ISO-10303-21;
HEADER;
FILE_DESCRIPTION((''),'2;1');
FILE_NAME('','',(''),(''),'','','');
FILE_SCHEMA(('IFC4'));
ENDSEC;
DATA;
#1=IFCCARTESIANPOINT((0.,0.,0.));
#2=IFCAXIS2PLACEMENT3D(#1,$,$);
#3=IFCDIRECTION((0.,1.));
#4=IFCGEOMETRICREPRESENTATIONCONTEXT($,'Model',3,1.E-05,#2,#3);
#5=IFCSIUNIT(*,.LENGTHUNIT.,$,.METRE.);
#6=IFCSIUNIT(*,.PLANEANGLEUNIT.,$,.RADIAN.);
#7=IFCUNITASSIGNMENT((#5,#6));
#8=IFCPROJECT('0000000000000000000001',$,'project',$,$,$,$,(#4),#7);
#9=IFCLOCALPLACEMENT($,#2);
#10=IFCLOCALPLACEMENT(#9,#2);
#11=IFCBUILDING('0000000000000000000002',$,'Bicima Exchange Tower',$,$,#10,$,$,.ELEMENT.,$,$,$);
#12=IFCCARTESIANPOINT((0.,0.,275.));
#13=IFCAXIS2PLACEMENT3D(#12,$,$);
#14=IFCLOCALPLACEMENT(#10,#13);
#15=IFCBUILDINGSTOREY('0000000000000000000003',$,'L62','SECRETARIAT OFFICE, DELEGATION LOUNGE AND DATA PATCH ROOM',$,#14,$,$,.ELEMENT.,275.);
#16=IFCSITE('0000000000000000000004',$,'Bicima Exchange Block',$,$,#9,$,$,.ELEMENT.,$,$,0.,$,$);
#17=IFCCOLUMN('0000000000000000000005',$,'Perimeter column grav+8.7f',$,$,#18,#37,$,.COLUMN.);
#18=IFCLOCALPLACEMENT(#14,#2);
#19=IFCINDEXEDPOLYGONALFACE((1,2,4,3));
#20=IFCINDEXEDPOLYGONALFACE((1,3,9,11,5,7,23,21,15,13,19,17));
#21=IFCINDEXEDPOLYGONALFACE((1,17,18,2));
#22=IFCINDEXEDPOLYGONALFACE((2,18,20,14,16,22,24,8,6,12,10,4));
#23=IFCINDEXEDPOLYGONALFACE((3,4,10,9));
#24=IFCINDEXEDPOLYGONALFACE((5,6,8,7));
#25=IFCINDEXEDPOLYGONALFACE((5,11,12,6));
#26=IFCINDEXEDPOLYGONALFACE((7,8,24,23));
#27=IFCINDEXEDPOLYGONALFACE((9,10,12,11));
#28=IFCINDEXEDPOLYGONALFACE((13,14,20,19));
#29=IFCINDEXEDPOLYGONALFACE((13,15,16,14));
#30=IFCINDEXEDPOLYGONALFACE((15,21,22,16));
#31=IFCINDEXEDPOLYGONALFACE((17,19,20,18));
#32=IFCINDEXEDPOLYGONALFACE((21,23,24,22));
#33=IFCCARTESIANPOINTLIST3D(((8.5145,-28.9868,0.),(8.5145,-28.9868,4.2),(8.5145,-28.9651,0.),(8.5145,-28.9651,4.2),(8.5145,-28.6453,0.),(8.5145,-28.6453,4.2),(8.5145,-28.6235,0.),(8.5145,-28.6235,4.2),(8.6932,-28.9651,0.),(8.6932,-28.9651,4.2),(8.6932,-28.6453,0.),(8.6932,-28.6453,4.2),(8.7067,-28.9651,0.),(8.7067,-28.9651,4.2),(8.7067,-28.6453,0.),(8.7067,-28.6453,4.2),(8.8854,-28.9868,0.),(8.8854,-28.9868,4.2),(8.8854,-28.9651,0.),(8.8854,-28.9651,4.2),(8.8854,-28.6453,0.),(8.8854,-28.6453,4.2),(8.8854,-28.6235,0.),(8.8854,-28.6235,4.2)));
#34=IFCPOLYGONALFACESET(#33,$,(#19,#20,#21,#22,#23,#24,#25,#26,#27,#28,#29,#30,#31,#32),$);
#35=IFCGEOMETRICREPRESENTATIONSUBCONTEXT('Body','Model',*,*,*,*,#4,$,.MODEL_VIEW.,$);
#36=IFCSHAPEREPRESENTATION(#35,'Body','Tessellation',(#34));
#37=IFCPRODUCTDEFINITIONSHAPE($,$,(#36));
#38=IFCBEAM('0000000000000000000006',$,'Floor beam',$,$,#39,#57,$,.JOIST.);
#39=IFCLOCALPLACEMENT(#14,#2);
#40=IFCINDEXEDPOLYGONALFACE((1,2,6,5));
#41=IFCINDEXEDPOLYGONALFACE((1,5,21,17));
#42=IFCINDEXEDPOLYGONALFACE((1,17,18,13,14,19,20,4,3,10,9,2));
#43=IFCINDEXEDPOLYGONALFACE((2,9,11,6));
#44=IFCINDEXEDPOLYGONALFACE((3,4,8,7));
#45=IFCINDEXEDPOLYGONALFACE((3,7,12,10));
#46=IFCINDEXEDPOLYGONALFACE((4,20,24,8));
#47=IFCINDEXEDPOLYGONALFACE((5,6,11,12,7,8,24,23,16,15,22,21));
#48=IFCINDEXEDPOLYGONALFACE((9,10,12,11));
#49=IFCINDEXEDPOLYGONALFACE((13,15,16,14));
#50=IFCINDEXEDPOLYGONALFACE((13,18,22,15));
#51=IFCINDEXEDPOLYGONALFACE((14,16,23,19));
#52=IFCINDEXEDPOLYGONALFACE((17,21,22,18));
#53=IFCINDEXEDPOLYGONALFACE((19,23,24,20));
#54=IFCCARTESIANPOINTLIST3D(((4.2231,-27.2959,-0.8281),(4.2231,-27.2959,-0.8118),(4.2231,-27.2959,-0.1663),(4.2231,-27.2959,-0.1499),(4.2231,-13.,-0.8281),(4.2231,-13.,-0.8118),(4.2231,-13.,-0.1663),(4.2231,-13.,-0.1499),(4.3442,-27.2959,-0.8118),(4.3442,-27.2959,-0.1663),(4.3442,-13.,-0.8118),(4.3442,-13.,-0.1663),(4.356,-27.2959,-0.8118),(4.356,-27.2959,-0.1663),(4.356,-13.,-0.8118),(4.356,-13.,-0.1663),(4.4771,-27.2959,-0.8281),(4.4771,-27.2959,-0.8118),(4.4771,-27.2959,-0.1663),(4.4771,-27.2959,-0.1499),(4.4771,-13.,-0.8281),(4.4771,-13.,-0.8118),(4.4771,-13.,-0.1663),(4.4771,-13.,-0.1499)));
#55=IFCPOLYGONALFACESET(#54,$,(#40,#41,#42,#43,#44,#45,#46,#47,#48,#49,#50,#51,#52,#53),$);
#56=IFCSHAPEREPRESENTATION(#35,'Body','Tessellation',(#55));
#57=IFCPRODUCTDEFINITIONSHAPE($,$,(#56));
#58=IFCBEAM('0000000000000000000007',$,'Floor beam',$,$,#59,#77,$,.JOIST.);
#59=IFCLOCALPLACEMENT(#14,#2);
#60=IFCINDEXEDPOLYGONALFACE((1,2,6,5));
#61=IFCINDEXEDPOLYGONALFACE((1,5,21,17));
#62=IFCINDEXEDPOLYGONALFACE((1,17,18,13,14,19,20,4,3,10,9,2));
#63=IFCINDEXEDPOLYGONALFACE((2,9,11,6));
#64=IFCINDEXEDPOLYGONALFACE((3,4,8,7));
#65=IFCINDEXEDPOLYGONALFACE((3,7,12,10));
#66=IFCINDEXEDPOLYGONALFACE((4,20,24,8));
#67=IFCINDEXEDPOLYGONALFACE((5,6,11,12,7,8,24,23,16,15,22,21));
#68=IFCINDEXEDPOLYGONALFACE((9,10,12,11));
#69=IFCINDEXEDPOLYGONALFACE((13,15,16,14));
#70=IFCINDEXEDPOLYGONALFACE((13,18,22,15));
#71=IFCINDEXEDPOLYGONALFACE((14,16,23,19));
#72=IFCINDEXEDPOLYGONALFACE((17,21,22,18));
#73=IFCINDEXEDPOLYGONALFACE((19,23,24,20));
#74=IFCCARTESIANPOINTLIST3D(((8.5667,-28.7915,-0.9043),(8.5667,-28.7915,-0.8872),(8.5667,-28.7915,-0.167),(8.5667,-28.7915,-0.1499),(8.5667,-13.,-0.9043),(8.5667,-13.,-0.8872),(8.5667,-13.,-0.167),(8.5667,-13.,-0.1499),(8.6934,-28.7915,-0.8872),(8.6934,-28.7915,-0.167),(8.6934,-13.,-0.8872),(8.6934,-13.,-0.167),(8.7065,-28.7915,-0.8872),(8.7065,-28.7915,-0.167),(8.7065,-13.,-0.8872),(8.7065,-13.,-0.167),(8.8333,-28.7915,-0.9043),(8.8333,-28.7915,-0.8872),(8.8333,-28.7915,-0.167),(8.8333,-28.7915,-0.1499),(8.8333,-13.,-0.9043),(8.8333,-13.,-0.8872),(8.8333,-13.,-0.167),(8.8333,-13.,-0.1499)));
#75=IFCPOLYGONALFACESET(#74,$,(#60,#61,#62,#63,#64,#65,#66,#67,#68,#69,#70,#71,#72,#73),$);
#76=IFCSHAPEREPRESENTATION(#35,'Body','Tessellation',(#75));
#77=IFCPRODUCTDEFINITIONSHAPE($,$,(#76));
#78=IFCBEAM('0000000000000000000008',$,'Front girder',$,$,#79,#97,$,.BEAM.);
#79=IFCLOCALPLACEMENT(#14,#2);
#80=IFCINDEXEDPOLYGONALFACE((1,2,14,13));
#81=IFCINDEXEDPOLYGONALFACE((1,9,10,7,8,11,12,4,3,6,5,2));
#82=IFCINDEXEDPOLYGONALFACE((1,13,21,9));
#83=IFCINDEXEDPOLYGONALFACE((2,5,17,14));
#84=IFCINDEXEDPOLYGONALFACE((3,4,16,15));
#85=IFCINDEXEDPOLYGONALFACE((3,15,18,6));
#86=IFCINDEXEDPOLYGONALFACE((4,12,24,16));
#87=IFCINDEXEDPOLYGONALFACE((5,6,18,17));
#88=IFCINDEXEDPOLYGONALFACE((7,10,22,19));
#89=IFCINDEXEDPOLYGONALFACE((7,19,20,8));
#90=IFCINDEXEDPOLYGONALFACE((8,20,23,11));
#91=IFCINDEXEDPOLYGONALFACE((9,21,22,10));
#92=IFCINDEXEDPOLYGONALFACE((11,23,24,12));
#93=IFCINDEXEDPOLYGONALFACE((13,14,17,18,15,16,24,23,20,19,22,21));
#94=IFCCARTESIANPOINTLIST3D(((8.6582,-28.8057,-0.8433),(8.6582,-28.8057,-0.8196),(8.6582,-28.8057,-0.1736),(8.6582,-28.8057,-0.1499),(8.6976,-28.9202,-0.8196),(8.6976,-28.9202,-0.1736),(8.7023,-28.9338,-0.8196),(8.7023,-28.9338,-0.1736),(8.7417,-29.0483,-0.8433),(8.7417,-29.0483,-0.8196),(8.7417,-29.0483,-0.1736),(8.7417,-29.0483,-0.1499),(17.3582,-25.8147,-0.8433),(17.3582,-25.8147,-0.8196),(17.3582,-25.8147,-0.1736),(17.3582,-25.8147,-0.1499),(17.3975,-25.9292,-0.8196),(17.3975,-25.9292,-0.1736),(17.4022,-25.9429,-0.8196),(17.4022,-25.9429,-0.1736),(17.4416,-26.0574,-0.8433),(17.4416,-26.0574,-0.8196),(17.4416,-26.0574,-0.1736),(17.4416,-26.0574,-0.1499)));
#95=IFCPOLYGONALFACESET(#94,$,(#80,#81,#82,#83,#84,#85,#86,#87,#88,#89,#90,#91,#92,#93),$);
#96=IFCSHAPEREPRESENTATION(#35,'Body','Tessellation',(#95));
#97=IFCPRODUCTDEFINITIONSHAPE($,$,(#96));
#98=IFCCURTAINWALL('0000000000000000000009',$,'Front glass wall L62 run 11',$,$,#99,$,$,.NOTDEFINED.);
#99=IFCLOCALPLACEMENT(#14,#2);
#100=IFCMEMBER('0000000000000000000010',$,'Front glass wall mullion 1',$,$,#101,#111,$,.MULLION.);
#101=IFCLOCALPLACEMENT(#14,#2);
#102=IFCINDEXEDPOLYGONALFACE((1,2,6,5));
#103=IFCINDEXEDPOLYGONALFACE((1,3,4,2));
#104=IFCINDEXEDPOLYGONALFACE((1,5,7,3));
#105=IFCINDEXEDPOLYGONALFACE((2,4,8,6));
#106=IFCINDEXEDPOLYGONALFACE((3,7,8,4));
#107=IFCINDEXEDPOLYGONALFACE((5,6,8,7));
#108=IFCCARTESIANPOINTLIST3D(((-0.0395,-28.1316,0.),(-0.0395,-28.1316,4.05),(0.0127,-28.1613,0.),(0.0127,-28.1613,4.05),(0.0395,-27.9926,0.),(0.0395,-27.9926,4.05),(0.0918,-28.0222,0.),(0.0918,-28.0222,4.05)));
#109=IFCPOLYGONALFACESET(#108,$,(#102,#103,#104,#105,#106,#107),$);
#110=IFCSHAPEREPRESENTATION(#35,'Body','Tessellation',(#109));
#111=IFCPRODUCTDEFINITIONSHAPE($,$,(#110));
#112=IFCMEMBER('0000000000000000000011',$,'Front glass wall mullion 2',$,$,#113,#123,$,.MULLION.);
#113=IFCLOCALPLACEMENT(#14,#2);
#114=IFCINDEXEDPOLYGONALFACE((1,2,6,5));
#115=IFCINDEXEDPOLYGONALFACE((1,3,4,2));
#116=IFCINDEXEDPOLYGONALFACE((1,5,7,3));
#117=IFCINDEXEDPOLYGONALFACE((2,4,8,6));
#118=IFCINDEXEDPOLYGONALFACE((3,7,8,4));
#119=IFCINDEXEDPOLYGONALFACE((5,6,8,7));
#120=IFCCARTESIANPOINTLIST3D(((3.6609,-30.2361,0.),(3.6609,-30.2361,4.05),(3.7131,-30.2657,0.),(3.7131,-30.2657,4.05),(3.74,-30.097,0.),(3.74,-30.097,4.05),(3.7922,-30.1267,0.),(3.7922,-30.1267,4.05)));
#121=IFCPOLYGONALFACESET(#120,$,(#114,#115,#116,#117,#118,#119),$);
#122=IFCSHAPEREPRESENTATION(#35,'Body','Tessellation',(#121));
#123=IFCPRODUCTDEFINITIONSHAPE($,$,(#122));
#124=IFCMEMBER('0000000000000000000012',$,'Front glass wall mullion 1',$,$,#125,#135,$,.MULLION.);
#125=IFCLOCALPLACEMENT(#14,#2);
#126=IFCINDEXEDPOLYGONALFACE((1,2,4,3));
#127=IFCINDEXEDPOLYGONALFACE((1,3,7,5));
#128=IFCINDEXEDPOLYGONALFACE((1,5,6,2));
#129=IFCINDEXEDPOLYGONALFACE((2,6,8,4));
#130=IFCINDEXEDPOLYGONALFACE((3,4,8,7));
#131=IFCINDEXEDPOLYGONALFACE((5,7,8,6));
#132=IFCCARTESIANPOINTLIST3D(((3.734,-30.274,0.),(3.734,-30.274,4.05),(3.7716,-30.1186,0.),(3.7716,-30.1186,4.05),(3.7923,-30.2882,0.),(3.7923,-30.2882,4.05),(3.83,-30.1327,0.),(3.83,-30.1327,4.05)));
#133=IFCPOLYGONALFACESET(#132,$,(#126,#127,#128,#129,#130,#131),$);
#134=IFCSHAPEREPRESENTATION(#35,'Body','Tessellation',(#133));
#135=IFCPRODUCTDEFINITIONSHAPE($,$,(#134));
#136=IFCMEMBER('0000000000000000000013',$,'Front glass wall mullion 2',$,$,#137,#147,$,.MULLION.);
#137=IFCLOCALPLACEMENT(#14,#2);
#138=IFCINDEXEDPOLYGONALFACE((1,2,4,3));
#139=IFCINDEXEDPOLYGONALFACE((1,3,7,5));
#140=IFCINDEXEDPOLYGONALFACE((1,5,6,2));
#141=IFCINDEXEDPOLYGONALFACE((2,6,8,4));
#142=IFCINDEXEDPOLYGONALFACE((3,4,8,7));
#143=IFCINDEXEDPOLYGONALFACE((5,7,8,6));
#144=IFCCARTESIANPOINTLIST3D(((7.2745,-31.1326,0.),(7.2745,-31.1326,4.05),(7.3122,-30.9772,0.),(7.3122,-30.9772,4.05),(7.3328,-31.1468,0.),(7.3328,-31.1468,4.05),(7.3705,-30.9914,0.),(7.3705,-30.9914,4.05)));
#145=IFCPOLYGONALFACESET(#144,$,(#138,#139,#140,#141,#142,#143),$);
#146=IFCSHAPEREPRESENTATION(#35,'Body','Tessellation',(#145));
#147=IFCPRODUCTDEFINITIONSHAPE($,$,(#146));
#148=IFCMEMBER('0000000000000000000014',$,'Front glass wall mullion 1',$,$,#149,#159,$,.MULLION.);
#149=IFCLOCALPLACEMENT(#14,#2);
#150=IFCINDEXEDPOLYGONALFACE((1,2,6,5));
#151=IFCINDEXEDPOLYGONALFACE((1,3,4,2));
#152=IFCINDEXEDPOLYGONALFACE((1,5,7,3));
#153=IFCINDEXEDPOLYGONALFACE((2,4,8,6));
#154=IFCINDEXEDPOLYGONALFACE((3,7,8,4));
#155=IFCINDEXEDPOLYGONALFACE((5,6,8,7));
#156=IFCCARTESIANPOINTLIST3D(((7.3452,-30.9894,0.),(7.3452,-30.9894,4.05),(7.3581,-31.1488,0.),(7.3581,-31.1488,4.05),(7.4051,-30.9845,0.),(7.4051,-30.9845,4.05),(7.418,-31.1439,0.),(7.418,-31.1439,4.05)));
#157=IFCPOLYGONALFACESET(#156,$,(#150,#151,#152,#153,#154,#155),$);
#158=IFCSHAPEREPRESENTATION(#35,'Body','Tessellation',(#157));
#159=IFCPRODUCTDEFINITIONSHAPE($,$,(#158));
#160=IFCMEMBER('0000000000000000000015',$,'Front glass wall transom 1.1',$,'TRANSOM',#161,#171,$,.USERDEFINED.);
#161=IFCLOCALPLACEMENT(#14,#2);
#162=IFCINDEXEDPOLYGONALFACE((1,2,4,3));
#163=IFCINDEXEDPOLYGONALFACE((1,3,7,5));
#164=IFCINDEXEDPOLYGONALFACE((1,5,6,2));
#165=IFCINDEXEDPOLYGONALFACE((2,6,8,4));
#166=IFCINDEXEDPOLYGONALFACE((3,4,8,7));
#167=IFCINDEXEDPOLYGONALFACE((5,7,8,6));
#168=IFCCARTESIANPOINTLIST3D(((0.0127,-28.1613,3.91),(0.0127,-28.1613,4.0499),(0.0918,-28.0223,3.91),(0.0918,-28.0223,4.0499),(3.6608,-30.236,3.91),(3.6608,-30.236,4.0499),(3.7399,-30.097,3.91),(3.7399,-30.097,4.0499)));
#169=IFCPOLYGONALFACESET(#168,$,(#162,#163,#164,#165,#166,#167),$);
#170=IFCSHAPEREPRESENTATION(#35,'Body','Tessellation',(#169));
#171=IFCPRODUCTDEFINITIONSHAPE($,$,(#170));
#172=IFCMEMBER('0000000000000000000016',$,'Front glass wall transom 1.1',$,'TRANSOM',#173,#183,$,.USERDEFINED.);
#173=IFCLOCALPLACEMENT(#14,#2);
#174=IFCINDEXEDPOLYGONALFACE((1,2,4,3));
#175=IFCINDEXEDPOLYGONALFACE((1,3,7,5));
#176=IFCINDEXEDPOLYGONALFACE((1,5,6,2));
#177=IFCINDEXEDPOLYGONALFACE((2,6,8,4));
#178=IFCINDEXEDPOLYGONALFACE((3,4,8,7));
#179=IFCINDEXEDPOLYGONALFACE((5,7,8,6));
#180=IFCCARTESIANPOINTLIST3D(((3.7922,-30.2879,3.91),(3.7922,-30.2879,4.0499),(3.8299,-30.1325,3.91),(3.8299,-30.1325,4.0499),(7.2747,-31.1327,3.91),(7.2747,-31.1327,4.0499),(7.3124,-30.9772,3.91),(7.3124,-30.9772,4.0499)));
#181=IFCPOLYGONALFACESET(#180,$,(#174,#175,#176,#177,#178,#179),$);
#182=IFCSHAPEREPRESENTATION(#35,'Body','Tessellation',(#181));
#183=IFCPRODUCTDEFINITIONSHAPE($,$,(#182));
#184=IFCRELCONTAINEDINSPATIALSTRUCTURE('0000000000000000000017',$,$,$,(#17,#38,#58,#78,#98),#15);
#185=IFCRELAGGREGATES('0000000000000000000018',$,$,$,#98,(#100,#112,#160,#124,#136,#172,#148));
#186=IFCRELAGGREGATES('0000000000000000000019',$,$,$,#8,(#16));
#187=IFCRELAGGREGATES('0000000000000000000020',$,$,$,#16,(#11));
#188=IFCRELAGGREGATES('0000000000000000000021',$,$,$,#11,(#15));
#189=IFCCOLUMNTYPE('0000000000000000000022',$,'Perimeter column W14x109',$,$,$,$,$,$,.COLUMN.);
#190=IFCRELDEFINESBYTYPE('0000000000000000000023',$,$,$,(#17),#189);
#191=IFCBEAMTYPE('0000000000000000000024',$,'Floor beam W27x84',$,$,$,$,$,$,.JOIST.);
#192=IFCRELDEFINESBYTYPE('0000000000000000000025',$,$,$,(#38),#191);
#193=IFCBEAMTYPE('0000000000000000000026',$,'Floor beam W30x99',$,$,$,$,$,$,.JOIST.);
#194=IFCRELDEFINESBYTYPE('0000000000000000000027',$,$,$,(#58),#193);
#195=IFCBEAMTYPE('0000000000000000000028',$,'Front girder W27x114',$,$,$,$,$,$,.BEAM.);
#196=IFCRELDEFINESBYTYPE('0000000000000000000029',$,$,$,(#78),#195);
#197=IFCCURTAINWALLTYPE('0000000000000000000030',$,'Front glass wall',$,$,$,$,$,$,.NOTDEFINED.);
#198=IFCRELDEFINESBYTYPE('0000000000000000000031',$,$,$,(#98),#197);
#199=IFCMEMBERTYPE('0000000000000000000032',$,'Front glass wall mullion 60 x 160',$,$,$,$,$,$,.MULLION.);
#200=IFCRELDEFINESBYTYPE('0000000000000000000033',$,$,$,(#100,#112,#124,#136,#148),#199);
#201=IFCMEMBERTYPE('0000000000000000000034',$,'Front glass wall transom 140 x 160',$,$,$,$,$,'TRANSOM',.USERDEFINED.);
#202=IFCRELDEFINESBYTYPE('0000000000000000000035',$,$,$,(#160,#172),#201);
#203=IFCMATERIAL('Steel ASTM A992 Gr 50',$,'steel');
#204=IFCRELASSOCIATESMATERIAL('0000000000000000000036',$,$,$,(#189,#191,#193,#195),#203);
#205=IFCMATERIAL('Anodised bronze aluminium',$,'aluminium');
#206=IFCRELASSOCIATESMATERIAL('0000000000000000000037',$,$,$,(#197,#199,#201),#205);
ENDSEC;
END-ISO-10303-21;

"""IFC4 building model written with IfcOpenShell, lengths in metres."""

from ifc_helpers import new_model, si_unit, direction, frame, origin, origin_2d, place, context, subcontext, project, spatial, rectangle, i_section, extrude, material, material_profile, profile_set, type_object, element, aggregate, save


model = new_model("IFC4")

# Units and contexts
model_context = context("Model", 3, precision=1e-05, world=origin(), true_north=direction((0.0, 1.0)))
body_context = subcontext(model_context, "Body", "Model", "MODEL_VIEW")
ifc_project = project(units=[si_unit("LENGTHUNIT", "METRE"), si_unit("PLANEANGLEUNIT", "RADIAN")], contexts=[model_context])

# Site, building, storey
site_placement = place(None, origin())
site = spatial("IfcSite", under=ifc_project, at=site_placement, Name="Bicima Exchange Block", CompositionType="ELEMENT", RefElevation=0.0)
building_placement = place(site_placement, origin())
building = spatial("IfcBuilding", under=site, at=building_placement, Name="Bicima Exchange Tower", CompositionType="ELEMENT")
storey_placement = place(building_placement, frame((0.0, 0.0, 275.0)))
storey = spatial("IfcBuildingStorey", under=building, at=storey_placement, Name="L62", Description="SECRETARIAT OFFICE, DELEGATION LOUNGE AND DATA PATCH ROOM", CompositionType="ELEMENT", Elevation=275.0)

# Column
ifc_material_1 = material(Name="Steel ASTM A992 Gr 50", Category="steel")
ifc_material_profile_1 = material_profile(ifc_material_1, i_section(OverallWidth=0.3708, OverallDepth=0.3633, WebThickness=0.0134, FlangeThickness=0.0217, at=origin_2d()))
ifc_profile_set_1 = profile_set([ifc_material_profile_1], Name="Steel ASTM A992 Gr 50")
column_type = type_object("IfcColumnType", Name="Perimeter column W14x109", PredefinedType="COLUMN", material=ifc_profile_set_1)
column_placement = place(storey_placement, frame((8.7, -28.8052, 0.0), z_axis=(0.0, 0.0, 1.0), x_axis=(1.0, 0.0, 0.0)))
element("IfcColumn", 1, at=column_placement, inside=storey, type_object=column_type, Name="Perimeter column grav+8.7f", PredefinedType="COLUMN", context=body_context, shape_type="SweptSolid", body=[
    extrude(i_section(OverallWidth=0.3708, OverallDepth=0.3633, WebThickness=0.0134, FlangeThickness=0.0217, at=origin_2d()), origin(), (0.0, 0.0, 1.0), 4.2),
])

# Beams
ifc_material_profile_2 = material_profile(ifc_material_1, i_section(OverallWidth=0.2539, OverallDepth=0.6782, WebThickness=0.0117, FlangeThickness=0.0164, at=origin_2d()))
ifc_profile_set_2 = profile_set([ifc_material_profile_2], Name="Steel ASTM A992 Gr 50")
beam_type_1 = type_object("IfcBeamType", Name="Floor beam W27x84", PredefinedType="JOIST", material=ifc_profile_set_2)
beam_1_placement = place(storey_placement, frame((4.3501, -13.0, -0.489), z_axis=(0.0, -1.0, 0.0), x_axis=(1.0, 0.0, 0.0)))
element("IfcBeam", 2, at=beam_1_placement, inside=storey, type_object=beam_type_1, Name="Floor beam", PredefinedType="JOIST", context=body_context, shape_type="SweptSolid", body=[
    extrude(i_section(OverallWidth=0.2539, OverallDepth=0.6782, WebThickness=0.0117, FlangeThickness=0.0164, at=origin_2d()), origin(), (0.0, 0.0, 1.0), 14.2959),
])
ifc_material_profile_3 = material_profile(ifc_material_1, i_section(OverallWidth=0.2666, OverallDepth=0.7544, WebThickness=0.0132, FlangeThickness=0.0171, at=origin_2d()))
ifc_profile_set_3 = profile_set([ifc_material_profile_3], Name="Steel ASTM A992 Gr 50")
beam_type_2 = type_object("IfcBeamType", Name="Floor beam W30x99", PredefinedType="JOIST", material=ifc_profile_set_3)
beam_2_placement = place(storey_placement, frame((8.7, -13.0, -0.5271), z_axis=(0.0, -1.0, 0.0), x_axis=(1.0, 0.0, 0.0)))
element("IfcBeam", 3, at=beam_2_placement, inside=storey, type_object=beam_type_2, Name="Floor beam", PredefinedType="JOIST", context=body_context, shape_type="SweptSolid", body=[
    extrude(i_section(OverallWidth=0.2666, OverallDepth=0.7544, WebThickness=0.0132, FlangeThickness=0.0171, at=origin_2d()), origin(), (0.0, 0.0, 1.0), 15.7915),
])
ifc_material_profile_4 = material_profile(ifc_material_1, i_section(OverallWidth=0.2566, OverallDepth=0.6934, WebThickness=0.0144, FlangeThickness=0.0237, at=origin_2d()))
ifc_profile_set_4 = profile_set([ifc_material_profile_4], Name="Steel ASTM A992 Gr 50")
beam_type_3 = type_object("IfcBeamType", Name="Front girder W27x114", PredefinedType="BEAM", material=ifc_profile_set_4)
beam_3_placement = place(storey_placement, frame((8.7, -28.927, -0.4966), z_axis=(0.945675, 0.325115, 0.0), x_axis=(-0.325115, 0.945675, 0.0)))
element("IfcBeam", 4, at=beam_3_placement, inside=storey, type_object=beam_type_3, Name="Front girder", PredefinedType="BEAM", context=body_context, shape_type="SweptSolid", body=[
    extrude(i_section(OverallWidth=0.2566, OverallDepth=0.6934, WebThickness=0.0144, FlangeThickness=0.0237, at=origin_2d()), origin(), (0.0, 0.0, 1.0), 9.1997),
])

# Curtain wall, members
ifc_material_2 = material(Name="Anodised bronze aluminium", Category="aluminium")
curtain_wall_type = type_object("IfcCurtainWallType", Name="Front glass wall", PredefinedType="NOTDEFINED", material=ifc_material_2)
curtain_wall_placement = place(storey_placement, origin())
curtain_wall = element("IfcCurtainWall", 5, at=curtain_wall_placement, inside=storey, type_object=curtain_wall_type, Name="Front glass wall L62 run 11", PredefinedType="NOTDEFINED")
ifc_material_profile_5 = material_profile(ifc_material_2, rectangle(XDim=0.1599, YDim=0.0601, at=origin_2d()))
ifc_profile_set_5 = profile_set([ifc_material_profile_5], Name="Anodised bronze aluminium")
member_type_1 = type_object("IfcMemberType", Name="Front glass wall mullion 60 x 160", PredefinedType="MULLION", material=ifc_profile_set_5)
member_1_placement = place(storey_placement, frame((0.0261, -28.0769, 0.0), z_axis=(0.0, 0.0, 1.0), x_axis=(0.49433, 0.869274, 0.0)))
member_1 = element("IfcMember", 6, at=member_1_placement, type_object=member_type_1, Name="Front glass wall mullion 1", PredefinedType="MULLION", context=body_context, shape_type="SweptSolid", body=[
    extrude(rectangle(XDim=0.1599, YDim=0.0601, at=origin_2d()), origin(), (0.0, 0.0, 1.0), 4.05),
])
member_2_placement = place(storey_placement, frame((3.7266, -30.1814, 0.0), z_axis=(0.0, 0.0, 1.0), x_axis=(0.49433, 0.869274, 0.0)))
member_2 = element("IfcMember", 7, at=member_2_placement, type_object=member_type_1, Name="Front glass wall mullion 2", PredefinedType="MULLION", context=body_context, shape_type="SweptSolid", body=[
    extrude(rectangle(XDim=0.1599, YDim=0.0601, at=origin_2d()), origin(), (0.0, 0.0, 1.0), 4.05),
])
member_3_placement = place(storey_placement, frame((3.782, -30.2034, 0.0), z_axis=(0.0, 0.0, 1.0), x_axis=(0.235682, 0.97183, 0.0)))
member_3 = element("IfcMember", 8, at=member_3_placement, type_object=member_type_1, Name="Front glass wall mullion 1", PredefinedType="MULLION", context=body_context, shape_type="SweptSolid", body=[
    extrude(rectangle(XDim=0.1599, YDim=0.0601, at=origin_2d()), origin(), (0.0, 0.0, 1.0), 4.05),
])
member_4_placement = place(storey_placement, frame((7.3225, -31.062, 0.0), z_axis=(0.0, 0.0, 1.0), x_axis=(0.235682, 0.97183, 0.0)))
member_4 = element("IfcMember", 9, at=member_4_placement, type_object=member_type_1, Name="Front glass wall mullion 2", PredefinedType="MULLION", context=body_context, shape_type="SweptSolid", body=[
    extrude(rectangle(XDim=0.1599, YDim=0.0601, at=origin_2d()), origin(), (0.0, 0.0, 1.0), 4.05),
])
member_5_placement = place(storey_placement, frame((7.3816, -31.0667, 0.0), z_axis=(0.0, 0.0, 1.0), x_axis=(-0.080589, 0.996747, 0.0)))
member_5 = element("IfcMember", 10, at=member_5_placement, type_object=member_type_1, Name="Front glass wall mullion 1", PredefinedType="MULLION", context=body_context, shape_type="SweptSolid", body=[
    extrude(rectangle(XDim=0.1599, YDim=0.0601, at=origin_2d()), origin(), (0.0, 0.0, 1.0), 4.05),
])
ifc_material_profile_6 = material_profile(ifc_material_2, rectangle(XDim=0.1599, YDim=0.1399, at=origin_2d()))
ifc_profile_set_6 = profile_set([ifc_material_profile_6], Name="Anodised bronze aluminium")
member_type_2 = type_object("IfcMemberType", Name="Front glass wall transom 140 x 160", ElementType="TRANSOM", PredefinedType="USERDEFINED", material=ifc_profile_set_6)
member_6_placement = place(storey_placement, frame((0.0522, -28.0918, 3.98), z_axis=(0.869265, -0.494346, 0.0), x_axis=(0.494346, 0.869265, 0.0)))
member_6 = element("IfcMember", 11, at=member_6_placement, type_object=member_type_2, Name="Front glass wall transom 1.1", ObjectType="TRANSOM", PredefinedType="USERDEFINED", context=body_context, shape_type="SweptSolid", body=[
    extrude(rectangle(XDim=0.1599, YDim=0.1399, at=origin_2d()), origin(), (0.0, 0.0, 1.0), 4.1968),
])
member_7_placement = place(storey_placement, frame((3.811, -30.2102, 3.98), z_axis=(0.971818, -0.235733, 0.0), x_axis=(0.235733, 0.971818, 0.0)))
member_7 = element("IfcMember", 12, at=member_7_placement, type_object=member_type_2, Name="Front glass wall transom 1.1", ObjectType="TRANSOM", PredefinedType="USERDEFINED", context=body_context, shape_type="SweptSolid", body=[
    extrude(rectangle(XDim=0.1599, YDim=0.1399, at=origin_2d()), origin(), (0.0, 0.0, 1.0), 3.5835),
])
aggregate(curtain_wall, [member_1, member_2, member_6, member_3, member_4, member_7, member_5])

save(model, "model.ifc")
